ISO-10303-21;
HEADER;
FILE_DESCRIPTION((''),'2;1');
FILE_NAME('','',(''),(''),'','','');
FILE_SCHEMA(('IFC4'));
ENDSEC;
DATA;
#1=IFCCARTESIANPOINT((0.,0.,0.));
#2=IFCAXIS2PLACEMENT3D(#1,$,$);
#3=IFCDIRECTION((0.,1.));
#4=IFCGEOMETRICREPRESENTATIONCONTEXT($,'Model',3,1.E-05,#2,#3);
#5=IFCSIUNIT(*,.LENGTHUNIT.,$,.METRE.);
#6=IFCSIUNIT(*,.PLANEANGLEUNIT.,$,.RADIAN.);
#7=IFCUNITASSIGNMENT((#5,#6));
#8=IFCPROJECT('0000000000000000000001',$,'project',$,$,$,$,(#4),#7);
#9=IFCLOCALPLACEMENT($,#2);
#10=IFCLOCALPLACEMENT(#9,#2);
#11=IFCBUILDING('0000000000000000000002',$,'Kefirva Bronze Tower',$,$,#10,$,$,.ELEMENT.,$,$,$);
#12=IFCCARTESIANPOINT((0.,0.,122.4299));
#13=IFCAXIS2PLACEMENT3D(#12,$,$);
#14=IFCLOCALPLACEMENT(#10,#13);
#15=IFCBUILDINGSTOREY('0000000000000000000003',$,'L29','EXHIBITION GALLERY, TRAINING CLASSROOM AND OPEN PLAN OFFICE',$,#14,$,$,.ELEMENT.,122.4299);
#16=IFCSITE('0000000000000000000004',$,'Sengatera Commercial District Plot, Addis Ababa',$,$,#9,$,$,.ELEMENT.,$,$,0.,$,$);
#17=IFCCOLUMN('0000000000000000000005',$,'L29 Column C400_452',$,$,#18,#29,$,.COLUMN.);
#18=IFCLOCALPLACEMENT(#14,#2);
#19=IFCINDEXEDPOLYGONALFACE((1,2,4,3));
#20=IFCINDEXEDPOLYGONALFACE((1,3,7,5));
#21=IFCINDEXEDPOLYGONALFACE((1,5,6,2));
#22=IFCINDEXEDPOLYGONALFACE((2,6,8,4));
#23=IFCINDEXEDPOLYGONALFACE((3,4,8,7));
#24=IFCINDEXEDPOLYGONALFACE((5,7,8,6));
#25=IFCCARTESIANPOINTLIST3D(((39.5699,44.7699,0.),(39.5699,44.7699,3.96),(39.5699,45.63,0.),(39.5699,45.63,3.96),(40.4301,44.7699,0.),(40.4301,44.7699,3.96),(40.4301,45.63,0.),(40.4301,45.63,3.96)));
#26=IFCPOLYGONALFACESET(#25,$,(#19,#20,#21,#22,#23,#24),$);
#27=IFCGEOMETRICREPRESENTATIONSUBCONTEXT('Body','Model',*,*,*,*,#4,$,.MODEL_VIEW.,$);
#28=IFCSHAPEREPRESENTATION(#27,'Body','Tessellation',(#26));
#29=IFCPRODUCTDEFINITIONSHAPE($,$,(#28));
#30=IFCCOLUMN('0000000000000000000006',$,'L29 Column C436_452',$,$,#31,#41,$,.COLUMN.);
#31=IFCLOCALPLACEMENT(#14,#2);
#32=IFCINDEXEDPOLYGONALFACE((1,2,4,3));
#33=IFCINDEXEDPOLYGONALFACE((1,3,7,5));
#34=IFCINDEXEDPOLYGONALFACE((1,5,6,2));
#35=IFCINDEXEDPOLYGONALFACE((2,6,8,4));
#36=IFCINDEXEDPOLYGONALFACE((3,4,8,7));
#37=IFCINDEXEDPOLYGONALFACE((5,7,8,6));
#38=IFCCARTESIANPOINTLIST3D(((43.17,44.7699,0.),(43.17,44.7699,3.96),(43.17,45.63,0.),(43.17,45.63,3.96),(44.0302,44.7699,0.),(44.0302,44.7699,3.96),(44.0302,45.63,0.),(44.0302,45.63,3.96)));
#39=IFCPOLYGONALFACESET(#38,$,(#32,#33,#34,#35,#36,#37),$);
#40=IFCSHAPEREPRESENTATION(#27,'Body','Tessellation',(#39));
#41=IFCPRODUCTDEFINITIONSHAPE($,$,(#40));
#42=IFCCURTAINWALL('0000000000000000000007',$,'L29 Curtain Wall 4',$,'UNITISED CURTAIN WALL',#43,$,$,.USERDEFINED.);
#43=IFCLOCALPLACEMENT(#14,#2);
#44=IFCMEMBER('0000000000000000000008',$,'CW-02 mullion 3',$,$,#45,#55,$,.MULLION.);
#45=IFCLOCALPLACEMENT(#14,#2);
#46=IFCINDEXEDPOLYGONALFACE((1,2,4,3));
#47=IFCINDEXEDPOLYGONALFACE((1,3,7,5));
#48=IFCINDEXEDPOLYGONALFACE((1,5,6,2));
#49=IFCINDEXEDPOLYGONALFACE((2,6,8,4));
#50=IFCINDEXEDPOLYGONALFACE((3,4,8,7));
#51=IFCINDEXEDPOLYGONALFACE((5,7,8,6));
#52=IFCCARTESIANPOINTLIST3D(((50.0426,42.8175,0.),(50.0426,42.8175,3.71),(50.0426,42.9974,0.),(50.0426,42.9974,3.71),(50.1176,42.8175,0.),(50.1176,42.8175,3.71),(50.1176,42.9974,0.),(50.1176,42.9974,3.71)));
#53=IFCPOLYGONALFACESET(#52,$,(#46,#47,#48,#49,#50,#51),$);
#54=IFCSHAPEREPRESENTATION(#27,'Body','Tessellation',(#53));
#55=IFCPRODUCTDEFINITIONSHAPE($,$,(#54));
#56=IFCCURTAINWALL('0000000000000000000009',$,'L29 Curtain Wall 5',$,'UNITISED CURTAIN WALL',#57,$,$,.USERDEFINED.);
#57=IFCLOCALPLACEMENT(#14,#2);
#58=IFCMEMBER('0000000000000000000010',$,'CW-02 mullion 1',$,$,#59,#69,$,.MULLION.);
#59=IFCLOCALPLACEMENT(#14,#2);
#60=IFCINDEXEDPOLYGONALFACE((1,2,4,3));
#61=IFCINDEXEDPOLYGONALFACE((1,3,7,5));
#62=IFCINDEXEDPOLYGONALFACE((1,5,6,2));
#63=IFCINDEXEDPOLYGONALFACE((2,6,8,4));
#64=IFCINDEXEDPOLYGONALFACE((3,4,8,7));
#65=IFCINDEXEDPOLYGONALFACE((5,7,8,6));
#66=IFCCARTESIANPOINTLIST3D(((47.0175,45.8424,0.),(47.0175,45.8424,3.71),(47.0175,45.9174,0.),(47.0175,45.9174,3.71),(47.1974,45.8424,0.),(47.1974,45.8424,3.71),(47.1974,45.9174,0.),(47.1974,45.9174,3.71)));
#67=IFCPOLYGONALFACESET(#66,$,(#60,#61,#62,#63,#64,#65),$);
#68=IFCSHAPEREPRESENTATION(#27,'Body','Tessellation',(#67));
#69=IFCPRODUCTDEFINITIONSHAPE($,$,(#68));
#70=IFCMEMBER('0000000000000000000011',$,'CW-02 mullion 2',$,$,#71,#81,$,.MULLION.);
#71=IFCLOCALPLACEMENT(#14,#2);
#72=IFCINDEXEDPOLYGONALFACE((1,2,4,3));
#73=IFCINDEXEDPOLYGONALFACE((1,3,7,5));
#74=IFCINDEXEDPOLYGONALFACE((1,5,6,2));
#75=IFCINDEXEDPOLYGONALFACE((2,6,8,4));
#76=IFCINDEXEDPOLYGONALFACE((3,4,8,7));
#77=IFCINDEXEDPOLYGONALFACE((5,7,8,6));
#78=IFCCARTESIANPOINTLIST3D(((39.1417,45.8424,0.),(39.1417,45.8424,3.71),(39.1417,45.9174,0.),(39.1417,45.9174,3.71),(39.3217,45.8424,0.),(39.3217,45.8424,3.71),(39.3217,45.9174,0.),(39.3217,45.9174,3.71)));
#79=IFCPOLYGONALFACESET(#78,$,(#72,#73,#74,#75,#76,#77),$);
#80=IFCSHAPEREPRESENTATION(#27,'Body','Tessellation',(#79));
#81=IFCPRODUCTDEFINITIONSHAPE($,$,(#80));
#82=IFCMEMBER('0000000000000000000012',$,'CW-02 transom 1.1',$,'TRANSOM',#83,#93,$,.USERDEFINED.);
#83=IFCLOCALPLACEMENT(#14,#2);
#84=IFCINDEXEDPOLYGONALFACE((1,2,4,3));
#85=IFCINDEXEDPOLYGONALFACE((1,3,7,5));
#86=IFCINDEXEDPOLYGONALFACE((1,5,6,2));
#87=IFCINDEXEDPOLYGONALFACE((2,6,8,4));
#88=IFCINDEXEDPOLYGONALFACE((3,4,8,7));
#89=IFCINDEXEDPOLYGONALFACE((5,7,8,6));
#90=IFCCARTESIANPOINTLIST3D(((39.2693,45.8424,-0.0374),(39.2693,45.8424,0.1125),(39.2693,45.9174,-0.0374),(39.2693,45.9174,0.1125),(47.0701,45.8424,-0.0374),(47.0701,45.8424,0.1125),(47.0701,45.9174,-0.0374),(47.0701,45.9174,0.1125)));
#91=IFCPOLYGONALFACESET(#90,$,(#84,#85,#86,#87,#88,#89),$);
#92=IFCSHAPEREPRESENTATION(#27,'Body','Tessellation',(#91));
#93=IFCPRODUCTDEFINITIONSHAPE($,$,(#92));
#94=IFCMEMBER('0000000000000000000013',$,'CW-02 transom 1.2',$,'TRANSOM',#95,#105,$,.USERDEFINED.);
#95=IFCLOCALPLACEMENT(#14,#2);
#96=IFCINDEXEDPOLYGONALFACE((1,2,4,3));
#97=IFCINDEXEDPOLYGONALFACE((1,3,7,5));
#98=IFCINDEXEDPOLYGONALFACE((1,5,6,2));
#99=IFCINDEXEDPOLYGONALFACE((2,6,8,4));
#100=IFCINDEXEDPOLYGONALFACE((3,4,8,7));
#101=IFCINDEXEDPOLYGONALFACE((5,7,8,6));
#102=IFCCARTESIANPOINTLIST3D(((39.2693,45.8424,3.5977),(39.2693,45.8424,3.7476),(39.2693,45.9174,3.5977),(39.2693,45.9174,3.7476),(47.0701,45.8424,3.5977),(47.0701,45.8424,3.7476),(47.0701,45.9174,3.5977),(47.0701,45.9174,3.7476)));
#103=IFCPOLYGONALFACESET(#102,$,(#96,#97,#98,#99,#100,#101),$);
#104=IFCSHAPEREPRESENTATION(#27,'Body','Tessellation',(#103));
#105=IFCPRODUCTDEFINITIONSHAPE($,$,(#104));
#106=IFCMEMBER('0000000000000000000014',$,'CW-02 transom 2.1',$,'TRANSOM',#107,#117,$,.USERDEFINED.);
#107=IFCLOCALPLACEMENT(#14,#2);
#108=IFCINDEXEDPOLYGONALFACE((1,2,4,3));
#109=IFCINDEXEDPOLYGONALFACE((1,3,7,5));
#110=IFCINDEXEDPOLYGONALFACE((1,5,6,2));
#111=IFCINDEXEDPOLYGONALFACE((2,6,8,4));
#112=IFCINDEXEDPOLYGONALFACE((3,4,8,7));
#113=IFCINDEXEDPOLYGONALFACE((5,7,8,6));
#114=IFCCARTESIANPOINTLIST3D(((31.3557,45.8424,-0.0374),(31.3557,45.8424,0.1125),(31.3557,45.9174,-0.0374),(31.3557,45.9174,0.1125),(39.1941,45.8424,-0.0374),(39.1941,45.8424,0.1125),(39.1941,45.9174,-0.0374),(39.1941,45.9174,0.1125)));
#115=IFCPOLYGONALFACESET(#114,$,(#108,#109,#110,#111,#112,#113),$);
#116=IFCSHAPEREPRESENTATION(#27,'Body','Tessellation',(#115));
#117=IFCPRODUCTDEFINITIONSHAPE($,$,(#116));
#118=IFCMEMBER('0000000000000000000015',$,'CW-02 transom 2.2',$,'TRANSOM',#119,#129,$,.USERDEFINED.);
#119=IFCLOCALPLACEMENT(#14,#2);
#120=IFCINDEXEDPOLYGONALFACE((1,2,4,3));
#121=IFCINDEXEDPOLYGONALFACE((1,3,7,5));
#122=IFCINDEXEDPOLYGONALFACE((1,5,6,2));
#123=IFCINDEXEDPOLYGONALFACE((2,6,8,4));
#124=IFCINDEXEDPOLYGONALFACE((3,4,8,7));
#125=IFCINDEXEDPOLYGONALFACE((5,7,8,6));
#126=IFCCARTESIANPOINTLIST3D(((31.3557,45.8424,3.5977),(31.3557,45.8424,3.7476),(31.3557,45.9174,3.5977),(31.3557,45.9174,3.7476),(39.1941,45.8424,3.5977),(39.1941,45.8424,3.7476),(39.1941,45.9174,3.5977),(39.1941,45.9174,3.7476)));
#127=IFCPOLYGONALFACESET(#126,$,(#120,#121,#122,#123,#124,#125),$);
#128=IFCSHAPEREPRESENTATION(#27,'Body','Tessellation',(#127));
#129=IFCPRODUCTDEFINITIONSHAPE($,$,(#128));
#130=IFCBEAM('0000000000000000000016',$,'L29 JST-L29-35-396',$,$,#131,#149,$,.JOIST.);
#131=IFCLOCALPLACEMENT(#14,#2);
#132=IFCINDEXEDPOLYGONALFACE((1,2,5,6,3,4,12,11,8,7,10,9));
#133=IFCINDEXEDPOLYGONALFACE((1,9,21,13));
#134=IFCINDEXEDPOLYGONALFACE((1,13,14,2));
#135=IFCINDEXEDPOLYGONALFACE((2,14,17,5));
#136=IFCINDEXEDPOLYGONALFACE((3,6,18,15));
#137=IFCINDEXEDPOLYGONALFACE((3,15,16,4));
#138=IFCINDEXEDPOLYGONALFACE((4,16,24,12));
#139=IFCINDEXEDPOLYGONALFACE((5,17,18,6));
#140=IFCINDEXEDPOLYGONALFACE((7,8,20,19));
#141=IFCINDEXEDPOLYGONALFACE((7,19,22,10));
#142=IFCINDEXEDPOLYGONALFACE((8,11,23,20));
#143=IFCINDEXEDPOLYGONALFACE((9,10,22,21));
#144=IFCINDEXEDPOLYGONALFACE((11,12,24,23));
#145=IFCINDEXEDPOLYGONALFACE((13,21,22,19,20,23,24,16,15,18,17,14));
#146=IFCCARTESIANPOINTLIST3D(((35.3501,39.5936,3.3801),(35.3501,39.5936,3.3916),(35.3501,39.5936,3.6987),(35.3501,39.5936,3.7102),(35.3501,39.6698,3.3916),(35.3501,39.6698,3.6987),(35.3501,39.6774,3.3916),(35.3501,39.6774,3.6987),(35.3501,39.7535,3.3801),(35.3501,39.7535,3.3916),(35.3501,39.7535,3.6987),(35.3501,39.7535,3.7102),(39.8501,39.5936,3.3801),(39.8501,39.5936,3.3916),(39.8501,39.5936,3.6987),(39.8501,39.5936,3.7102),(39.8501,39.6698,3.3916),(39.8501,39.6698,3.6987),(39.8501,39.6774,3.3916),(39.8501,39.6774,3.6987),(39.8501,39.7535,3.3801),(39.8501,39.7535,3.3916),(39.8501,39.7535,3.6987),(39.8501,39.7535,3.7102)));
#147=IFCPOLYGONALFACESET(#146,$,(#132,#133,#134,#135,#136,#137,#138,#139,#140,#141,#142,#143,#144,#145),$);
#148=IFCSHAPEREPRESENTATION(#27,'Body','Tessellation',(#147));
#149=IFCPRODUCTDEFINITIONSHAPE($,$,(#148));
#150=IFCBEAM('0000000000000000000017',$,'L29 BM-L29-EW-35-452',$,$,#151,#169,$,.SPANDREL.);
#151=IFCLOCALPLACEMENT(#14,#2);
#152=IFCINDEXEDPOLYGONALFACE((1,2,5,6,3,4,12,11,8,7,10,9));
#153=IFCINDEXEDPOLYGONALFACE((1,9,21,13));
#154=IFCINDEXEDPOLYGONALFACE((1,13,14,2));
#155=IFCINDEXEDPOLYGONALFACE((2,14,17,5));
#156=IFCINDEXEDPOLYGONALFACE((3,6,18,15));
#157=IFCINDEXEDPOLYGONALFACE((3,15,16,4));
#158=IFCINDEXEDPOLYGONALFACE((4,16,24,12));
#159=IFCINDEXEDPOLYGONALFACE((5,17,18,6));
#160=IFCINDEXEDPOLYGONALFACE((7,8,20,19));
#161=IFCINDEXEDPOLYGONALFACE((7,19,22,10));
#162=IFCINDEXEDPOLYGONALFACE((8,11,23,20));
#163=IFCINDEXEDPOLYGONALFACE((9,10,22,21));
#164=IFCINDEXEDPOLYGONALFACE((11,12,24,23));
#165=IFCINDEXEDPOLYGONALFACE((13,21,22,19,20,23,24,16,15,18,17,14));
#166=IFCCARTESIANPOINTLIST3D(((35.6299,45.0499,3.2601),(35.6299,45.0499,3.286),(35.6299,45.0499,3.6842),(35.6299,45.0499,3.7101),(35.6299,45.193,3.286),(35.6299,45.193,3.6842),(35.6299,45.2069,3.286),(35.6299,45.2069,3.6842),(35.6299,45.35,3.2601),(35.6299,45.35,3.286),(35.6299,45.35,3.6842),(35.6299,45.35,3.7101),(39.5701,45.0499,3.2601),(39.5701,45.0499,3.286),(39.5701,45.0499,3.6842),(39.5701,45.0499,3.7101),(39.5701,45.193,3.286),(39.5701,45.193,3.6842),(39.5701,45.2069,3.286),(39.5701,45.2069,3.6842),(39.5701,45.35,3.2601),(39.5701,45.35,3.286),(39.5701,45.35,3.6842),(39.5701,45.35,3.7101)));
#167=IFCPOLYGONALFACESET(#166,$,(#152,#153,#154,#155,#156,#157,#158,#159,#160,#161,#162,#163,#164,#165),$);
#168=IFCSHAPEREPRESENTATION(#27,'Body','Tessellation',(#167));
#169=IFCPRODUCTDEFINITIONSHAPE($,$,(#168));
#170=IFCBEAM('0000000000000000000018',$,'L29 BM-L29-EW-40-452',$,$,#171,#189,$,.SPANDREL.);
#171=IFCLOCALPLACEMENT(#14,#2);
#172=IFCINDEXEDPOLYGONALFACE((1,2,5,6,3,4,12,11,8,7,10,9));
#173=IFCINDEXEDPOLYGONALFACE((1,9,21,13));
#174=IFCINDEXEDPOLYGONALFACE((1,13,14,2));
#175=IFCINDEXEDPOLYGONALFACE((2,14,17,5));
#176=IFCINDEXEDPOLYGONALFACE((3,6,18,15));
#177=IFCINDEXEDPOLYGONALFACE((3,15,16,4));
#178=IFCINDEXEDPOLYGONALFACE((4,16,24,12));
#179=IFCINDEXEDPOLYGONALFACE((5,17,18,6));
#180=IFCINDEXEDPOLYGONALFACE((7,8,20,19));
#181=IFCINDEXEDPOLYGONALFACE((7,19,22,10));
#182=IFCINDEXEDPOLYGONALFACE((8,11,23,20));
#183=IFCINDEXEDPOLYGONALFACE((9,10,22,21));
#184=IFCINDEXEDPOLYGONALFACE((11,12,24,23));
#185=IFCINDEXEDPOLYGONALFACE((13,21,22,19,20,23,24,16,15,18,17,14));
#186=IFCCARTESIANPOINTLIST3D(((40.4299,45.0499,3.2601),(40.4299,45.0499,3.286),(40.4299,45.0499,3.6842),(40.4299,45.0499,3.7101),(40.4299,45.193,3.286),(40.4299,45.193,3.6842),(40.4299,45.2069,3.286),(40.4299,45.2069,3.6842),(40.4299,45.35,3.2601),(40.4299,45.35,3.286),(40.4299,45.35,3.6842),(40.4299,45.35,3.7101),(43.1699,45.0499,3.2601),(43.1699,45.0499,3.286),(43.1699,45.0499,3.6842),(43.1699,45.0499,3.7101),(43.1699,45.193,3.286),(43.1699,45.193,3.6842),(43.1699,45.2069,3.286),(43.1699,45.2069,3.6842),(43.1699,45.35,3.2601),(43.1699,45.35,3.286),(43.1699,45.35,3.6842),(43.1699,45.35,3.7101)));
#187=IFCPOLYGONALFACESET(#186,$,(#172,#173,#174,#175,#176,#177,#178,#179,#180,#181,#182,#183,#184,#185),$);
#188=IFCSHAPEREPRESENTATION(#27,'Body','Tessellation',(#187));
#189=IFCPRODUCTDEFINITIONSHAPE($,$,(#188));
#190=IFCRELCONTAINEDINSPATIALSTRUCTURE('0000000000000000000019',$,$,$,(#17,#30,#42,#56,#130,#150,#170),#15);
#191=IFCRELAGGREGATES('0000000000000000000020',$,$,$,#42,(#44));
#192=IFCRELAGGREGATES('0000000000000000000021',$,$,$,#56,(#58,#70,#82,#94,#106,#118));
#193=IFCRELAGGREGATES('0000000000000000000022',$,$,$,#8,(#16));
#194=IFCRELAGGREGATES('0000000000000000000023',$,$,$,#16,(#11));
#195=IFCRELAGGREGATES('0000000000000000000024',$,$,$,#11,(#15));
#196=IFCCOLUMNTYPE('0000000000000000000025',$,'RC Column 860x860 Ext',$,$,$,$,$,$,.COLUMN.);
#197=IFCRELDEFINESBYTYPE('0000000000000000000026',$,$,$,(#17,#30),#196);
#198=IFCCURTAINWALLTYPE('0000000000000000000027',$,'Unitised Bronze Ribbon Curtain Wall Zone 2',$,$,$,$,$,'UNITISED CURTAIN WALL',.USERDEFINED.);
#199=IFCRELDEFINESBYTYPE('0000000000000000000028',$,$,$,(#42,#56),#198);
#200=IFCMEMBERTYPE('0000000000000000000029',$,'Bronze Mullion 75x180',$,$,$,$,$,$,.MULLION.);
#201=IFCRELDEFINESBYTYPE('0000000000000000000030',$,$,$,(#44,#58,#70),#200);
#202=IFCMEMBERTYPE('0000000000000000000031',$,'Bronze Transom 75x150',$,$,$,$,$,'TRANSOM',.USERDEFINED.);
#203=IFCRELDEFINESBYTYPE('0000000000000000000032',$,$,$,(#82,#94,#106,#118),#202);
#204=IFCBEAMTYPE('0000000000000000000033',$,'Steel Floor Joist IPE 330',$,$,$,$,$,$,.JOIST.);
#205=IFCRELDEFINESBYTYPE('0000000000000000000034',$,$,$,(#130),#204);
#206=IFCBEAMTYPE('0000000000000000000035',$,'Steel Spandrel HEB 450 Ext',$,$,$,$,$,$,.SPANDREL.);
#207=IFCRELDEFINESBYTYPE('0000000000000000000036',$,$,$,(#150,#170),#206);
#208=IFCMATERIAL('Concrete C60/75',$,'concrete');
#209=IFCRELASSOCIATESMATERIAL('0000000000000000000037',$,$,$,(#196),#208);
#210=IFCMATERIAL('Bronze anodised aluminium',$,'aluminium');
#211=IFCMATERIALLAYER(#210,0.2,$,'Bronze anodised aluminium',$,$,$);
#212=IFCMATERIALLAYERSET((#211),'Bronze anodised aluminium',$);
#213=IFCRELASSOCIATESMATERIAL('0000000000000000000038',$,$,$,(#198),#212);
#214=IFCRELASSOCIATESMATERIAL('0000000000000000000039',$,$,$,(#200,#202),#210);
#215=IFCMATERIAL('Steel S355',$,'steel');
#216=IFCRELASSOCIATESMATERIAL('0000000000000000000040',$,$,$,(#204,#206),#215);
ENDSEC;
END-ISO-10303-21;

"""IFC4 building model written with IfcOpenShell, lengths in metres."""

from ifc_helpers import new_model, si_unit, direction, frame, origin, origin_2d, place, context, subcontext, project, spatial, rectangle, i_section, extrude, material, layer, layer_set, material_profile, profile_set, type_object, element, aggregate, save


model = new_model("IFC4")

# Units and contexts
model_context = context("Model", 3, precision=1e-05, world=origin(), true_north=direction((0.0, 1.0)))
body_context = subcontext(model_context, "Body", "Model", "MODEL_VIEW")
ifc_project = project(units=[si_unit("LENGTHUNIT", "METRE"), si_unit("PLANEANGLEUNIT", "RADIAN")], contexts=[model_context])

# Site, building, storey
site_placement = place(None, origin())
site = spatial("IfcSite", under=ifc_project, at=site_placement, Name="Sengatera Commercial District Plot, Addis Ababa", CompositionType="ELEMENT", RefElevation=0.0)
building_placement = place(site_placement, origin())
building = spatial("IfcBuilding", under=site, at=building_placement, Name="Kefirva Bronze Tower", CompositionType="ELEMENT")
storey_placement = place(building_placement, frame((0.0, 0.0, 122.4299)))
storey = spatial("IfcBuildingStorey", under=building, at=storey_placement, Name="L29", Description="EXHIBITION GALLERY, TRAINING CLASSROOM AND OPEN PLAN OFFICE", CompositionType="ELEMENT", Elevation=122.4299)

# Columns
ifc_material_1 = material(Name="Concrete C60/75", Category="concrete")
ifc_material_profile_1 = material_profile(ifc_material_1, rectangle(XDim=0.8601, YDim=0.8601, at=origin_2d()), Name="RC 860x860")
ifc_profile_set_1 = profile_set([ifc_material_profile_1], Name="Concrete C60/75")
column_type = type_object("IfcColumnType", Name="RC Column 860x860 Ext", PredefinedType="COLUMN", material=ifc_profile_set_1)
for number, where, z_axis, x_axis, name in (
    (1, (40.0, 45.2, 0.0), (0.0, 0.0, 1.0), (1.0, 0.0, 0.0), "L29 Column C400_452"),
    (2, (43.6001, 45.2, 0.0), (0.0, 0.0, 1.0), (1.0, 0.0, 0.0), "L29 Column C436_452"),
):
    element("IfcColumn", number, at=place(storey_placement, frame(where, z_axis=z_axis, x_axis=x_axis)), inside=storey, type_object=column_type, Name=name, PredefinedType="COLUMN", context=body_context, shape_type="SweptSolid", body=[
        extrude(rectangle(XDim=0.8601, YDim=0.8601, at=origin_2d()), origin(), (0.0, 0.0, 1.0), 3.96),
    ])

# Curtain wall, member
ifc_material_2 = material(Name="Bronze anodised aluminium", Category="aluminium")
ifc_layer_1 = layer(ifc_material_2, 0.2, Name="Bronze anodised aluminium")
ifc_layer_set_1 = layer_set([ifc_layer_1], Name="Bronze anodised aluminium")
curtain_wall_type = type_object("IfcCurtainWallType", Name="Unitised Bronze Ribbon Curtain Wall Zone 2", ElementType="UNITISED CURTAIN WALL", PredefinedType="USERDEFINED", material=ifc_layer_set_1)
curtain_wall_1_placement = place(storey_placement, origin())
curtain_wall_1 = element("IfcCurtainWall", 3, at=curtain_wall_1_placement, inside=storey, type_object=curtain_wall_type, Name="L29 Curtain Wall 4", ObjectType="UNITISED CURTAIN WALL", PredefinedType="USERDEFINED")
ifc_material_profile_2 = material_profile(ifc_material_2, rectangle(XDim=0.075, YDim=0.1799, at=origin_2d()), Name="ALU 75x180")
ifc_profile_set_2 = profile_set([ifc_material_profile_2], Name="Bronze anodised aluminium")
member_type_1 = type_object("IfcMemberType", Name="Bronze Mullion 75x180", PredefinedType="MULLION", material=ifc_profile_set_2)
member_1_placement = place(storey_placement, frame((50.0801, 42.9075, 0.0), z_axis=(0.0, 0.0, 1.0), x_axis=(-1.0, 0.0, 0.0)))
member_1 = element("IfcMember", 4, at=member_1_placement, type_object=member_type_1, Name="CW-02 mullion 3", PredefinedType="MULLION", context=body_context, shape_type="SweptSolid", body=[
    extrude(rectangle(XDim=0.075, YDim=0.1799, at=origin_2d()), origin(), (0.0, 0.0, 1.0), 3.71),
])
aggregate(curtain_wall_1, [member_1])

# Curtain wall, members
curtain_wall_2_placement = place(storey_placement, origin())
curtain_wall_2 = element("IfcCurtainWall", 5, at=curtain_wall_2_placement, inside=storey, type_object=curtain_wall_type, Name="L29 Curtain Wall 5", ObjectType="UNITISED CURTAIN WALL", PredefinedType="USERDEFINED")
member_2_placement = place(storey_placement, frame((47.1074, 45.8799, 0.0), z_axis=(0.0, 0.0, 1.0), x_axis=(0.0, -1.0, 0.0)))
member_2 = element("IfcMember", 6, at=member_2_placement, type_object=member_type_1, Name="CW-02 mullion 1", PredefinedType="MULLION", context=body_context, shape_type="SweptSolid", body=[
    extrude(rectangle(XDim=0.075, YDim=0.1799, at=origin_2d()), origin(), (0.0, 0.0, 1.0), 3.71),
])
member_3_placement = place(storey_placement, frame((39.2317, 45.8799, 0.0), z_axis=(0.0, 0.0, 1.0), x_axis=(0.0, -1.0, 0.0)))
member_3 = element("IfcMember", 7, at=member_3_placement, type_object=member_type_1, Name="CW-02 mullion 2", PredefinedType="MULLION", context=body_context, shape_type="SweptSolid", body=[
    extrude(rectangle(XDim=0.075, YDim=0.1799, at=origin_2d()), origin(), (0.0, 0.0, 1.0), 3.71),
])
ifc_material_profile_3 = material_profile(ifc_material_2, rectangle(XDim=0.075, YDim=0.1499, at=origin_2d()), Name="ALU 75x150")
ifc_profile_set_3 = profile_set([ifc_material_profile_3], Name="Bronze anodised aluminium")
member_type_2 = type_object("IfcMemberType", Name="Bronze Transom 75x150", ElementType="TRANSOM", PredefinedType="USERDEFINED", material=ifc_profile_set_3)
member_4_placement = place(storey_placement, frame((47.0701, 45.8799, 0.0376), z_axis=(-1.0, 0.0, 0.0), x_axis=(0.0, -1.0, 0.0)))
member_4 = element("IfcMember", 8, at=member_4_placement, type_object=member_type_2, Name="CW-02 transom 1.1", ObjectType="TRANSOM", PredefinedType="USERDEFINED", context=body_context, shape_type="SweptSolid", body=[
    extrude(rectangle(XDim=0.075, YDim=0.1499, at=origin_2d()), origin(), (0.0, 0.0, 1.0), 7.8008),
])
member_5_placement = place(storey_placement, frame((47.0701, 45.8799, 3.6726), z_axis=(-1.0, 0.0, 0.0), x_axis=(0.0, -1.0, 0.0)))
member_5 = element("IfcMember", 9, at=member_5_placement, type_object=member_type_2, Name="CW-02 transom 1.2", ObjectType="TRANSOM", PredefinedType="USERDEFINED", context=body_context, shape_type="SweptSolid", body=[
    extrude(rectangle(XDim=0.075, YDim=0.1499, at=origin_2d()), origin(), (0.0, 0.0, 1.0), 7.8008),
])
member_6_placement = place(storey_placement, frame((39.1941, 45.8799, 0.0376), z_axis=(-1.0, 0.0, 0.0), x_axis=(0.0, -1.0, 0.0)))
member_6 = element("IfcMember", 10, at=member_6_placement, type_object=member_type_2, Name="CW-02 transom 2.1", ObjectType="TRANSOM", PredefinedType="USERDEFINED", context=body_context, shape_type="SweptSolid", body=[
    extrude(rectangle(XDim=0.075, YDim=0.1499, at=origin_2d()), origin(), (0.0, 0.0, 1.0), 7.8384),
])
member_7_placement = place(storey_placement, frame((39.1941, 45.8799, 3.6726), z_axis=(-1.0, 0.0, 0.0), x_axis=(0.0, -1.0, 0.0)))
member_7 = element("IfcMember", 11, at=member_7_placement, type_object=member_type_2, Name="CW-02 transom 2.2", ObjectType="TRANSOM", PredefinedType="USERDEFINED", context=body_context, shape_type="SweptSolid", body=[
    extrude(rectangle(XDim=0.075, YDim=0.1499, at=origin_2d()), origin(), (0.0, 0.0, 1.0), 7.8384),
])

# Beams
ifc_material_3 = material(Name="Steel S355", Category="steel")
ifc_material_profile_4 = material_profile(ifc_material_3, i_section(OverallWidth=0.1599, OverallDepth=0.3301, WebThickness=0.0076, FlangeThickness=0.0115, at=origin_2d()), Name="IPE 330")
ifc_profile_set_4 = profile_set([ifc_material_profile_4], Name="Steel S355")
beam_type_1 = type_object("IfcBeamType", Name="Steel Floor Joist IPE 330", PredefinedType="JOIST", material=ifc_profile_set_4)
beam_1_placement = place(storey_placement, frame((35.3501, 39.6736, 3.5452), z_axis=(1.0, 0.0, 0.0), x_axis=(0.0, 1.0, 0.0)))
element("IfcBeam", 12, at=beam_1_placement, inside=storey, type_object=beam_type_1, Name="L29 JST-L29-35-396", PredefinedType="JOIST", context=body_context, shape_type="SweptSolid", body=[
    extrude(i_section(OverallWidth=0.1599, OverallDepth=0.3301, WebThickness=0.0076, FlangeThickness=0.0115, at=origin_2d()), origin(), (0.0, 0.0, 1.0), 4.5),
])
ifc_material_profile_5 = material_profile(ifc_material_3, i_section(OverallWidth=0.3, OverallDepth=0.45, WebThickness=0.0139, FlangeThickness=0.0259, at=origin_2d()), Name="HEB 450")
ifc_profile_set_5 = profile_set([ifc_material_profile_5], Name="Steel S355")
beam_type_2 = type_object("IfcBeamType", Name="Steel Spandrel HEB 450 Ext", PredefinedType="SPANDREL", material=ifc_profile_set_5)
beam_2_placement = place(storey_placement, frame((35.6299, 45.2, 3.4851), z_axis=(1.0, 0.0, 0.0), x_axis=(0.0, 1.0, 0.0)))
element("IfcBeam", 13, at=beam_2_placement, inside=storey, type_object=beam_type_2, Name="L29 BM-L29-EW-35-452", PredefinedType="SPANDREL", context=body_context, shape_type="SweptSolid", body=[
    extrude(i_section(OverallWidth=0.3, OverallDepth=0.45, WebThickness=0.0139, FlangeThickness=0.0259, at=origin_2d()), origin(), (0.0, 0.0, 1.0), 3.9402),
])
beam_3_placement = place(storey_placement, frame((40.4299, 45.2, 3.4851), z_axis=(1.0, 0.0, 0.0), x_axis=(0.0, 1.0, 0.0)))
element("IfcBeam", 14, at=beam_3_placement, inside=storey, type_object=beam_type_2, Name="L29 BM-L29-EW-40-452", PredefinedType="SPANDREL", context=body_context, shape_type="SweptSolid", body=[
    extrude(i_section(OverallWidth=0.3, OverallDepth=0.45, WebThickness=0.0139, FlangeThickness=0.0259, at=origin_2d()), origin(), (0.0, 0.0, 1.0), 2.74),
])

aggregate(curtain_wall_2, [member_2, member_3, member_4, member_5, member_6, member_7])

save(model, "model.ifc")
